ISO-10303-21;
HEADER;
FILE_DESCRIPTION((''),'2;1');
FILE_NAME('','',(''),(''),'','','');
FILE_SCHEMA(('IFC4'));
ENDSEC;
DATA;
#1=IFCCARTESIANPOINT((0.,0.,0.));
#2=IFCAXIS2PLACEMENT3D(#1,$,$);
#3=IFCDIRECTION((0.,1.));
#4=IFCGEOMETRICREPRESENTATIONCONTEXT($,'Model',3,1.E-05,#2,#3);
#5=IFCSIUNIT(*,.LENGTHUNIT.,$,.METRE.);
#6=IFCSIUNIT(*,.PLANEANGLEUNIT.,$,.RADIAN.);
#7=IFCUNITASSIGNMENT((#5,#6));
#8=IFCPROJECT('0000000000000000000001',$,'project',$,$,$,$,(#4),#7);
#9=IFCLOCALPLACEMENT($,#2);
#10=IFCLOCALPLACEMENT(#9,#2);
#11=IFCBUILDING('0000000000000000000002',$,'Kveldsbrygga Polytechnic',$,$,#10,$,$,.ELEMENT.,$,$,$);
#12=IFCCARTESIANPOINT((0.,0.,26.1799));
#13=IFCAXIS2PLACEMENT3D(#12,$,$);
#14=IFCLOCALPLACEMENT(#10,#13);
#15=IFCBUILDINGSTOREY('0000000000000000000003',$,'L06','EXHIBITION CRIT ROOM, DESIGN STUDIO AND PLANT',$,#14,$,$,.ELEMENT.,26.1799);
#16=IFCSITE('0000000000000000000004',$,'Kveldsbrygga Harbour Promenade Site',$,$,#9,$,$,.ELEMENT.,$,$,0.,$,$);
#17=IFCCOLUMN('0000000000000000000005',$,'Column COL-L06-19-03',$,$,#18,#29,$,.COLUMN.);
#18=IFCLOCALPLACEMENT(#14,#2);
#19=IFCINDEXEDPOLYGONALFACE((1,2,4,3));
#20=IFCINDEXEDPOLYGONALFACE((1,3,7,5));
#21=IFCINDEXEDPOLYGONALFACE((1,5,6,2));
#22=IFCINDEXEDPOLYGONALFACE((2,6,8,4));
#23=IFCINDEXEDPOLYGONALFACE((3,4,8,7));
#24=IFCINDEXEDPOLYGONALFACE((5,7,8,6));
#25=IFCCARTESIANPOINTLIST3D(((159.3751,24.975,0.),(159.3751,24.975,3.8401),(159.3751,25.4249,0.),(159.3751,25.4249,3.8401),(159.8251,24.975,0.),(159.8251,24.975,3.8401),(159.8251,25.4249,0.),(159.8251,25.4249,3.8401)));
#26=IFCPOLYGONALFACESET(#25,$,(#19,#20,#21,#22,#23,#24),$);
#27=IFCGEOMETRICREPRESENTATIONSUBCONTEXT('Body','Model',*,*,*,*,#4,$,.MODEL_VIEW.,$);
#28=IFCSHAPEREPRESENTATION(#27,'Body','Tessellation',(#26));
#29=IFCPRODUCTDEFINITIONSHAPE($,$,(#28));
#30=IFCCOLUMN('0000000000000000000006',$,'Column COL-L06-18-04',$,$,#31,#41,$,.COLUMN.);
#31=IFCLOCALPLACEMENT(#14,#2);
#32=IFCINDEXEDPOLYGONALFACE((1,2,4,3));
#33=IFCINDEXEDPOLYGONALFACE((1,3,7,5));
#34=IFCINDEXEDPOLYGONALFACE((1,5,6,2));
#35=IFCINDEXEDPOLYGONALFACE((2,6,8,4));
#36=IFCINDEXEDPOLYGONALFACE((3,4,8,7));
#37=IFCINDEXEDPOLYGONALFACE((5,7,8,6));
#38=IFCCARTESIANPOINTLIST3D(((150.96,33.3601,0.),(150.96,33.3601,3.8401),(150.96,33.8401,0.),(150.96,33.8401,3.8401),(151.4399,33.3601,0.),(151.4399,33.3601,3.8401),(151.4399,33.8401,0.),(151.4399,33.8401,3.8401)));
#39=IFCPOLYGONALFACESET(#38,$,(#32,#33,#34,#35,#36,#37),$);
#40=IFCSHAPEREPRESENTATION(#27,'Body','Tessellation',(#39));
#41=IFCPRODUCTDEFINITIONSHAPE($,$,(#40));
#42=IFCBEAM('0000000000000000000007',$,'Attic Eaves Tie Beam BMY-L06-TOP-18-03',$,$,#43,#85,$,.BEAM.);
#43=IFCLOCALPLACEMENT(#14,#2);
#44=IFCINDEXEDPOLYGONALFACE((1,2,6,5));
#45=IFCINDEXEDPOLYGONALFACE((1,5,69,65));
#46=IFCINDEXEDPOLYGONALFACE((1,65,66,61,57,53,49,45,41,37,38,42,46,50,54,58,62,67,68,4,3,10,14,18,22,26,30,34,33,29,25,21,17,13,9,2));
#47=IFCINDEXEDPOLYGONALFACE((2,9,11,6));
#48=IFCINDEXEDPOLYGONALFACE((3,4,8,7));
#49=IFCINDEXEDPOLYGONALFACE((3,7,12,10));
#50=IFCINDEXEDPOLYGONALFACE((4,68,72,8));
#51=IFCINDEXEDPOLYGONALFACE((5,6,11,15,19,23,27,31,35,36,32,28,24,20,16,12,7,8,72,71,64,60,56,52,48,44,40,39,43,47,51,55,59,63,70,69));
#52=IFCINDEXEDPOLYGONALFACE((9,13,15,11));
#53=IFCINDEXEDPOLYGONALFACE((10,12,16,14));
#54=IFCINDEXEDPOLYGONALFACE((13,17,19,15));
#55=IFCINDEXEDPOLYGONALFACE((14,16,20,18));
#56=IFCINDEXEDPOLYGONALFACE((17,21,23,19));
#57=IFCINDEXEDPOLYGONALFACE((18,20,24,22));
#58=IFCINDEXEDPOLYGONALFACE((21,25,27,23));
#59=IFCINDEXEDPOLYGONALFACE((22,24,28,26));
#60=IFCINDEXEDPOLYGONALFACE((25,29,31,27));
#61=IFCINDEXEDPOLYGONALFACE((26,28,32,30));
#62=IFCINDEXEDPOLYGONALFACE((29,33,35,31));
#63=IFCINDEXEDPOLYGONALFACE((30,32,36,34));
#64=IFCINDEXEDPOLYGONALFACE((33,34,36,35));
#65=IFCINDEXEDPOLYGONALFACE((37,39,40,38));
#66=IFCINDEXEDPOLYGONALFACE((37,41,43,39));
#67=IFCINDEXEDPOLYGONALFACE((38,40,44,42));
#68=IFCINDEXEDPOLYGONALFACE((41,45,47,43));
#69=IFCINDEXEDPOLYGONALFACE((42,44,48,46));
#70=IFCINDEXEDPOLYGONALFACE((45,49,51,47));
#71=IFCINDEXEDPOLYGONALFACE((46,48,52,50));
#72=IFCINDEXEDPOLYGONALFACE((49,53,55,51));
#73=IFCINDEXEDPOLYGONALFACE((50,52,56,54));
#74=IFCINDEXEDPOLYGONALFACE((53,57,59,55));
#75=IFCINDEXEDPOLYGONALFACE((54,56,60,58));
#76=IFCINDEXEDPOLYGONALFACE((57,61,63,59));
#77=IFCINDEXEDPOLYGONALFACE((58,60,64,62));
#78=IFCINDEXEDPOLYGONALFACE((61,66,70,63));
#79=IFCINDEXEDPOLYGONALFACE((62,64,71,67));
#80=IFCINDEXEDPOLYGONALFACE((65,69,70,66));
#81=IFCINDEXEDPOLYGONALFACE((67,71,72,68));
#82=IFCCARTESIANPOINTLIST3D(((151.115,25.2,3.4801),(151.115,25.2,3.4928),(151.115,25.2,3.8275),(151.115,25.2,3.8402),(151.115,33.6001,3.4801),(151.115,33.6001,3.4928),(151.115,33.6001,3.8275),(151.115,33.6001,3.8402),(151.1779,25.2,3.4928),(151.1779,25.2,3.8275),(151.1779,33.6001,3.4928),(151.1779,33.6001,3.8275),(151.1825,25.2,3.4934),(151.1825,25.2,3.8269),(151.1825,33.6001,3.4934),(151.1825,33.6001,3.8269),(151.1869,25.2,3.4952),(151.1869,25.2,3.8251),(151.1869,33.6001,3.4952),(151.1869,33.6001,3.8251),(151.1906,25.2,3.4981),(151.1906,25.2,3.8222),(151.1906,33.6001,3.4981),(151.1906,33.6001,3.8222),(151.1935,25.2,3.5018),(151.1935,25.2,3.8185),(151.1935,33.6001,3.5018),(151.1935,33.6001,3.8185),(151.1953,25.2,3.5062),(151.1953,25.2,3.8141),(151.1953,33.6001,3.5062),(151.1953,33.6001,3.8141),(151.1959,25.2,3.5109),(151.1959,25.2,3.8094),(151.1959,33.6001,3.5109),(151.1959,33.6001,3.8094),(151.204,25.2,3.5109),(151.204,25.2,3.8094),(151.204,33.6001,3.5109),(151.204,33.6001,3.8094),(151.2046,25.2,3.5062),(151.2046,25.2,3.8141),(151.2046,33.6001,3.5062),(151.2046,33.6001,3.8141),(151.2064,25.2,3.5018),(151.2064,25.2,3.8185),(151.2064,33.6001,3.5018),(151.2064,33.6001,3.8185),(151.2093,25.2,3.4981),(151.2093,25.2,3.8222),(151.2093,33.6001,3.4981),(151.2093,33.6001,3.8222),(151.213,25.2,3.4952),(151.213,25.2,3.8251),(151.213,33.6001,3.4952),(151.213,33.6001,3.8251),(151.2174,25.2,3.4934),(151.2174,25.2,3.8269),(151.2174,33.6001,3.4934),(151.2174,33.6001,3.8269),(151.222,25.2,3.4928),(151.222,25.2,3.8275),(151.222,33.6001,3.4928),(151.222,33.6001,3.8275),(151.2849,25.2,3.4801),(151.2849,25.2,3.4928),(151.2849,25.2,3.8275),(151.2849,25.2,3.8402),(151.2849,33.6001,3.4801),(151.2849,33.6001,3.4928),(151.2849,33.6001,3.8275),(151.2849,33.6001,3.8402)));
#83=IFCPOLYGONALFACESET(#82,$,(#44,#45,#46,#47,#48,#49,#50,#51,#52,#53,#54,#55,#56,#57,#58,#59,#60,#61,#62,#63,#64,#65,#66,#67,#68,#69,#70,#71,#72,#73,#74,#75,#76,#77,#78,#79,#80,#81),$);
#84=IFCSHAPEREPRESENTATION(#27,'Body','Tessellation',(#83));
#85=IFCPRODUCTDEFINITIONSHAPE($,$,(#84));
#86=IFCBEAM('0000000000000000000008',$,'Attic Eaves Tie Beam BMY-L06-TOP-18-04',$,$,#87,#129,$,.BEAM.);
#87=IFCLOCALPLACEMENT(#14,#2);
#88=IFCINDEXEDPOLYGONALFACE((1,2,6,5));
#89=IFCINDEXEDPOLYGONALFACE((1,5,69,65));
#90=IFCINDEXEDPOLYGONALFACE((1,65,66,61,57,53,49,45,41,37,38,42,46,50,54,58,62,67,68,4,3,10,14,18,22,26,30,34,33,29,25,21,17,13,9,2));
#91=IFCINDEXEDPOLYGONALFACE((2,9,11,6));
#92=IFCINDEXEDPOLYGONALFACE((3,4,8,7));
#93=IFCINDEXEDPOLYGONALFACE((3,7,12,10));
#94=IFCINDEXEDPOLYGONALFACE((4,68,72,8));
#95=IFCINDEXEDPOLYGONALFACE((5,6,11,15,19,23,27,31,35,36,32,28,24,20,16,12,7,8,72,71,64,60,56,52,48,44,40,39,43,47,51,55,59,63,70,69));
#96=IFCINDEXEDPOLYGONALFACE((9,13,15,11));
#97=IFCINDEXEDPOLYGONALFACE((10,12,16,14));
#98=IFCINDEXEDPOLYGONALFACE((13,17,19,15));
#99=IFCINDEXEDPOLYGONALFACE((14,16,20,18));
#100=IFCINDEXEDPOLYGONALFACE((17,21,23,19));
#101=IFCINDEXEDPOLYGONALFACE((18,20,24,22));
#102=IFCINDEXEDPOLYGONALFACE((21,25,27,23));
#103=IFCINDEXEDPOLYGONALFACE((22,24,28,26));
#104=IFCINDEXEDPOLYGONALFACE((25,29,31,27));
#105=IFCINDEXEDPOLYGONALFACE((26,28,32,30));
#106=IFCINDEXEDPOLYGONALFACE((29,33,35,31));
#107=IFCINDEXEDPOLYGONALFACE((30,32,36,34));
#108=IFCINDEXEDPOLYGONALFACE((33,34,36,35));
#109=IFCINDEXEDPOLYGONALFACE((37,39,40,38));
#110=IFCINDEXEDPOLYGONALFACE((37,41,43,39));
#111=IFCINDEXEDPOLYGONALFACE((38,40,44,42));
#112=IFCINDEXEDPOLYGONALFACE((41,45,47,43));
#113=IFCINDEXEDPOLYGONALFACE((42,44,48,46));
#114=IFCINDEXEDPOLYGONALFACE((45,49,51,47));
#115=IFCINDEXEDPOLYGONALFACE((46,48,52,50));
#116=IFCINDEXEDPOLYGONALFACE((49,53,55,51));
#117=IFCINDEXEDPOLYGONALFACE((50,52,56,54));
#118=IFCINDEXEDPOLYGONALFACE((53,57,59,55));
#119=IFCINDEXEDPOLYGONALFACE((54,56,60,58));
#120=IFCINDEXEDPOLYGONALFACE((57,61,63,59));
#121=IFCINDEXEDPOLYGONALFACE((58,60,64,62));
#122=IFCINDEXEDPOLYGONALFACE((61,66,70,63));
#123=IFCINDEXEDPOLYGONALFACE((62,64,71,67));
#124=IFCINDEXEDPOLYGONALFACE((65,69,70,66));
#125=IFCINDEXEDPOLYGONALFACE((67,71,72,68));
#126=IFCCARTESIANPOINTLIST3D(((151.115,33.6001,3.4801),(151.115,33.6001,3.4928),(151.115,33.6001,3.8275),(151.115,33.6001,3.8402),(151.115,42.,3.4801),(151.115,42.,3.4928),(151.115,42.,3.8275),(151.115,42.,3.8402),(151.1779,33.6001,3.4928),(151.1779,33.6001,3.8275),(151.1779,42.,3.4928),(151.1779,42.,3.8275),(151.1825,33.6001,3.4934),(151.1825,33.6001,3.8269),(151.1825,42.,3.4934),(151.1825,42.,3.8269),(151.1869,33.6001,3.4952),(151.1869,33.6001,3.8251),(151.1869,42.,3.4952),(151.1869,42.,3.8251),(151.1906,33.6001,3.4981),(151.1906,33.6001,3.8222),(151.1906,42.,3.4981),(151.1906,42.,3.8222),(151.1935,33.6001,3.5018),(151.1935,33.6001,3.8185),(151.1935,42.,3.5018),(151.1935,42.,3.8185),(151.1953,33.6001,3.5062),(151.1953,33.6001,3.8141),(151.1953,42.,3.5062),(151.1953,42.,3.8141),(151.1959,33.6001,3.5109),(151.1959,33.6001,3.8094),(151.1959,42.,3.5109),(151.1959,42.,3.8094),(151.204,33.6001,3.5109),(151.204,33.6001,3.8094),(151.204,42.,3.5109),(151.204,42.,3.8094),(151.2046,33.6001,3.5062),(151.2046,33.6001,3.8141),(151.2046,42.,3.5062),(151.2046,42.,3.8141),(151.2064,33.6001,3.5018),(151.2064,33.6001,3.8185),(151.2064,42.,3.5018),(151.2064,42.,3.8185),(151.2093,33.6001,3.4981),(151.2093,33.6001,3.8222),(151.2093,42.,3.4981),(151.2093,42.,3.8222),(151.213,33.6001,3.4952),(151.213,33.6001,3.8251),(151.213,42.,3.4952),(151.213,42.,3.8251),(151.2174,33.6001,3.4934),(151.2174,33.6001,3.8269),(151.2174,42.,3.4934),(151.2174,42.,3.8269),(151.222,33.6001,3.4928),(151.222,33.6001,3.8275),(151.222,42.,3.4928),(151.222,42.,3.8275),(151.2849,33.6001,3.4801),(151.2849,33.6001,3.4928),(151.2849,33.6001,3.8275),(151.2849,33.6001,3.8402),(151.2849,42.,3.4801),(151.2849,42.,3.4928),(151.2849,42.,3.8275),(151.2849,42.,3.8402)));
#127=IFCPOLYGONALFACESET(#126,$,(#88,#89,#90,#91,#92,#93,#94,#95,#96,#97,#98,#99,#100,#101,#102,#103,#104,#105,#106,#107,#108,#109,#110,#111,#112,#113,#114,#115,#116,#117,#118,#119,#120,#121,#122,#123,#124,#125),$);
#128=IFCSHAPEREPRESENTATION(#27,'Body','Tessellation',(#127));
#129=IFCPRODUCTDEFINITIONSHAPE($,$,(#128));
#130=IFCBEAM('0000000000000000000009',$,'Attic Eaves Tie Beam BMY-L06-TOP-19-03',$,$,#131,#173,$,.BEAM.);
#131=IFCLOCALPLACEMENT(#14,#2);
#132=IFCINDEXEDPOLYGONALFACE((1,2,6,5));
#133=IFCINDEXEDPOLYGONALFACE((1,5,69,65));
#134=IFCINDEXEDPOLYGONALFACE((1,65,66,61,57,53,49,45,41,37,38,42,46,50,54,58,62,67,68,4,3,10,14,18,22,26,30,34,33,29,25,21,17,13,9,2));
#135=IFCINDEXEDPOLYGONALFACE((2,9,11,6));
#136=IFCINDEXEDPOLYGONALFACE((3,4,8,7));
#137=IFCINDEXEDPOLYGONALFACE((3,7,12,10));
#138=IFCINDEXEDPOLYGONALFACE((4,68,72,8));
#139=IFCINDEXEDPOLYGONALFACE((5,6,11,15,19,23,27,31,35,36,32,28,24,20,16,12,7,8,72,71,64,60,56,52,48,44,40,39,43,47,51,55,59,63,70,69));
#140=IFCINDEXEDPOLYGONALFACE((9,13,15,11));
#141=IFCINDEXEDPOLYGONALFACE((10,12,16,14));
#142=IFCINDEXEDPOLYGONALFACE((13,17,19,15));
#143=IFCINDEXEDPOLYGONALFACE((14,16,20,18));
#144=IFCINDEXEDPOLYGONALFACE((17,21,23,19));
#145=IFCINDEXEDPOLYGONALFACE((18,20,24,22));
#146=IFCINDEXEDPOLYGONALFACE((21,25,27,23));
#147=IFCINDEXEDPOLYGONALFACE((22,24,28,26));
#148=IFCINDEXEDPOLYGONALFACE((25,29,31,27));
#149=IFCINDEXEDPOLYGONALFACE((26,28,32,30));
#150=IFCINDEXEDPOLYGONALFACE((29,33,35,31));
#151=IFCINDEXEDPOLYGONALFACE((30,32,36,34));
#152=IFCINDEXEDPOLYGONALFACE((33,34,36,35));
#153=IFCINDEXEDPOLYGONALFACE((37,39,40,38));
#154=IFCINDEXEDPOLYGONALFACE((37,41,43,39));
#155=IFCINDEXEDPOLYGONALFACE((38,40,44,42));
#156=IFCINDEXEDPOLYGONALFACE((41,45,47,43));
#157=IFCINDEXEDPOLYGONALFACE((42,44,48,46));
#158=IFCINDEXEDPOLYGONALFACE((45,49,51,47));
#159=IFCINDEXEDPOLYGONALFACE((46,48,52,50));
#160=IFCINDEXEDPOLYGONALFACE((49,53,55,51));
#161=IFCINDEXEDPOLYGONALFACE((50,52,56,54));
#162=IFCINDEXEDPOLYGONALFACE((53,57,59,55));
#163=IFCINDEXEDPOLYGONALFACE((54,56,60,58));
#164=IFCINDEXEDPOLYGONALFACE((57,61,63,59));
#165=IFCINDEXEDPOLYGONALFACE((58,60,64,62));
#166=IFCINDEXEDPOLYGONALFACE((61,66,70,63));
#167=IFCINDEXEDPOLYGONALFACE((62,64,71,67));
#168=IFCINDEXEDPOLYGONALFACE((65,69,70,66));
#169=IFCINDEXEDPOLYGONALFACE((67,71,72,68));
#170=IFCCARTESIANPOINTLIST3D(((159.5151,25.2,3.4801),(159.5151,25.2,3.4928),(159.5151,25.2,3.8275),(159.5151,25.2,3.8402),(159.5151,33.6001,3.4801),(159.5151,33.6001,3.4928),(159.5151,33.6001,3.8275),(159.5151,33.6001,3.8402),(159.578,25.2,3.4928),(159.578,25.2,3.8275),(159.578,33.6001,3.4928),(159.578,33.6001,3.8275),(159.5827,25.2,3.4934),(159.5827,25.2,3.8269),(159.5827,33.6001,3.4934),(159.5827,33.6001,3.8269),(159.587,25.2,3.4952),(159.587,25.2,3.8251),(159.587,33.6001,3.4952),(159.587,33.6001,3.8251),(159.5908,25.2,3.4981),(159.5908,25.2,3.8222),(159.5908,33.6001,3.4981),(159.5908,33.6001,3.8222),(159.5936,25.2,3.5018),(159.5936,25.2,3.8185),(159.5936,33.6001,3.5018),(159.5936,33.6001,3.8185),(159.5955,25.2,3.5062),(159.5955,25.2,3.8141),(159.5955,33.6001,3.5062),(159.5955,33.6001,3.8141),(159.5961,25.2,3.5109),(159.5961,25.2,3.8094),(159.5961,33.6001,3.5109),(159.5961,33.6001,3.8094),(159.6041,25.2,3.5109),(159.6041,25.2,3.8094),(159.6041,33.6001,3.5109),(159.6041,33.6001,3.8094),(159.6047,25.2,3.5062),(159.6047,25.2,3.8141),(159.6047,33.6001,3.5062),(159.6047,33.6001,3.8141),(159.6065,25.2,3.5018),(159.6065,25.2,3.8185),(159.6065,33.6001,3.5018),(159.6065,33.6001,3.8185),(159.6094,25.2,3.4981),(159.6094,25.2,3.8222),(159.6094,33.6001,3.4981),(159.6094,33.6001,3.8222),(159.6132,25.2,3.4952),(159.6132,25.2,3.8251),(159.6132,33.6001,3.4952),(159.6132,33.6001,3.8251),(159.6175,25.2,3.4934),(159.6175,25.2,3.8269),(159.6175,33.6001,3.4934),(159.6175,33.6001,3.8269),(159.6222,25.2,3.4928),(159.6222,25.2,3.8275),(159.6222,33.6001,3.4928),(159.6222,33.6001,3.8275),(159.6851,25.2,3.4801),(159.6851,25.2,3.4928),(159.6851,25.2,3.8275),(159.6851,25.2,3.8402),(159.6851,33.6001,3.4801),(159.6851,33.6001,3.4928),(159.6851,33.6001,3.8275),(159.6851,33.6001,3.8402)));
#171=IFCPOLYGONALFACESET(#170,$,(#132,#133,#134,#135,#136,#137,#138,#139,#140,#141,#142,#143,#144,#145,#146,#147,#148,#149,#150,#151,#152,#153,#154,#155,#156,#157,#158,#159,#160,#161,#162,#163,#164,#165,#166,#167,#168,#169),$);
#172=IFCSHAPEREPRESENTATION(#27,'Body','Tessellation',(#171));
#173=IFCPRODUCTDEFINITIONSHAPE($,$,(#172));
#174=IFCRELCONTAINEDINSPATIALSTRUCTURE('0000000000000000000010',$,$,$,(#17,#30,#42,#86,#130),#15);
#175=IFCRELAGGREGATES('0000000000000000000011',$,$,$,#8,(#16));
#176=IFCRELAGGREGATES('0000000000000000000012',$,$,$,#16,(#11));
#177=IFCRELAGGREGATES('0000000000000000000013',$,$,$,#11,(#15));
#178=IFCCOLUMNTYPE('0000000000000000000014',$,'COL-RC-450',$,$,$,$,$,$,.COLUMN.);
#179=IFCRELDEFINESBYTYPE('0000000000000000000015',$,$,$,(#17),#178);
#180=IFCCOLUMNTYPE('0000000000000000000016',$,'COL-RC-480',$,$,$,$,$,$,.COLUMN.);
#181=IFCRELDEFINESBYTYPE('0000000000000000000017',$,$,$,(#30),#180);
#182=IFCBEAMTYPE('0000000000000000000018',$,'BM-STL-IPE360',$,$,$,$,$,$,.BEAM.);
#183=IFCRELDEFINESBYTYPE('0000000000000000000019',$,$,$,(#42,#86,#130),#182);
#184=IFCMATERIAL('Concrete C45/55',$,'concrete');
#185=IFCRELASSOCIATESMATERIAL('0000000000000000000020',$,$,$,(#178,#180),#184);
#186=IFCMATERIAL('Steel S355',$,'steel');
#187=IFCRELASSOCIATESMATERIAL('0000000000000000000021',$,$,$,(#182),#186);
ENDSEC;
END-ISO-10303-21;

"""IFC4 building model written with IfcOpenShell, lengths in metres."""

from ifc_helpers import new_model, si_unit, direction, frame, origin, origin_2d, place, context, subcontext, project, spatial, rectangle, i_section, extrude, material, material_profile, profile_set, type_object, element, save


model = new_model("IFC4")

# Units and contexts
model_context = context("Model", 3, precision=1e-05, world=origin(), true_north=direction((0.0, 1.0)))
body_context = subcontext(model_context, "Body", "Model", "MODEL_VIEW")
ifc_project = project(units=[si_unit("LENGTHUNIT", "METRE"), si_unit("PLANEANGLEUNIT", "RADIAN")], contexts=[model_context])

# Site, building, storey
site_placement = place(None, origin())
site = spatial("IfcSite", under=ifc_project, at=site_placement, Name="Kveldsbrygga Harbour Promenade Site", CompositionType="ELEMENT", RefElevation=0.0)
building_placement = place(site_placement, origin())
building = spatial("IfcBuilding", under=site, at=building_placement, Name="Kveldsbrygga Polytechnic", CompositionType="ELEMENT")
storey_placement = place(building_placement, frame((0.0, 0.0, 26.1799)))
storey = spatial("IfcBuildingStorey", under=building, at=storey_placement, Name="L06", Description="EXHIBITION CRIT ROOM, DESIGN STUDIO AND PLANT", CompositionType="ELEMENT", Elevation=26.1799)

# Columns
ifc_material_1 = material(Name="Concrete C45/55", Category="concrete")
ifc_material_profile_1 = material_profile(ifc_material_1, rectangle(XDim=0.45, YDim=0.45, at=origin_2d()), Name="RC 450x450")
ifc_profile_set_1 = profile_set([ifc_material_profile_1], Name="Concrete C45/55")
column_type_1 = type_object("IfcColumnType", Name="COL-RC-450", PredefinedType="COLUMN", material=ifc_profile_set_1)
column_1_placement = place(storey_placement, frame((159.6001, 25.2, 0.0), z_axis=(0.0, 0.0, 1.0), x_axis=(1.0, 0.0, 0.0)))
element("IfcColumn", 1, at=column_1_placement, inside=storey, type_object=column_type_1, Name="Column COL-L06-19-03", PredefinedType="COLUMN", context=body_context, shape_type="SweptSolid", body=[
    extrude(rectangle(XDim=0.45, YDim=0.45, at=origin_2d()), origin(), (0.0, 0.0, 1.0), 3.8401),
])
ifc_material_profile_2 = material_profile(ifc_material_1, rectangle(XDim=0.48, YDim=0.48, at=origin_2d()), Name="RC 480x480")
ifc_profile_set_2 = profile_set([ifc_material_profile_2], Name="Concrete C45/55")
column_type_2 = type_object("IfcColumnType", Name="COL-RC-480", PredefinedType="COLUMN", material=ifc_profile_set_2)
column_2_placement = place(storey_placement, frame((151.2, 33.6001, 0.0), z_axis=(0.0, 0.0, 1.0), x_axis=(1.0, 0.0, 0.0)))
element("IfcColumn", 2, at=column_2_placement, inside=storey, type_object=column_type_2, Name="Column COL-L06-18-04", PredefinedType="COLUMN", context=body_context, shape_type="SweptSolid", body=[
    extrude(rectangle(XDim=0.48, YDim=0.48, at=origin_2d()), origin(), (0.0, 0.0, 1.0), 3.8401),
])

# Beams
ifc_material_2 = material(Name="Steel S355", Category="steel")
ifc_material_profile_3 = material_profile(ifc_material_2, i_section(OverallWidth=0.1699, OverallDepth=0.3601, WebThickness=0.0081, FlangeThickness=0.0127, FilletRadius=0.0181, at=origin_2d()), Name="IPE 360")
ifc_profile_set_3 = profile_set([ifc_material_profile_3], Name="Steel S355")
beam_type = type_object("IfcBeamType", Name="BM-STL-IPE360", PredefinedType="BEAM", material=ifc_profile_set_3)
beam_1_placement = place(storey_placement, frame((151.2, 25.2, 3.6602), z_axis=(0.0, 1.0, 0.0), x_axis=(-1.0, 0.0, 0.0)))
element("IfcBeam", 3, at=beam_1_placement, inside=storey, type_object=beam_type, Name="Attic Eaves Tie Beam BMY-L06-TOP-18-03", PredefinedType="BEAM", context=body_context, shape_type="SweptSolid", body=[
    extrude(i_section(OverallWidth=0.1699, OverallDepth=0.3601, WebThickness=0.0081, FlangeThickness=0.0127, FilletRadius=0.0181, at=origin_2d()), origin(), (0.0, 0.0, 1.0), 8.4001),
])
beam_2_placement = place(storey_placement, frame((151.2, 33.6001, 3.6602), z_axis=(0.0, 1.0, 0.0), x_axis=(-1.0, 0.0, 0.0)))
element("IfcBeam", 4, at=beam_2_placement, inside=storey, type_object=beam_type, Name="Attic Eaves Tie Beam BMY-L06-TOP-18-04", PredefinedType="BEAM", context=body_context, shape_type="SweptSolid", body=[
    extrude(i_section(OverallWidth=0.1699, OverallDepth=0.3601, WebThickness=0.0081, FlangeThickness=0.0127, FilletRadius=0.0181, at=origin_2d()), origin(), (0.0, 0.0, 1.0), 8.3999),
])
beam_3_placement = place(storey_placement, frame((159.6001, 25.2, 3.6602), z_axis=(0.0, 1.0, 0.0), x_axis=(-1.0, 0.0, 0.0)))
element("IfcBeam", 5, at=beam_3_placement, inside=storey, type_object=beam_type, Name="Attic Eaves Tie Beam BMY-L06-TOP-19-03", PredefinedType="BEAM", context=body_context, shape_type="SweptSolid", body=[
    extrude(i_section(OverallWidth=0.1699, OverallDepth=0.3601, WebThickness=0.0081, FlangeThickness=0.0127, FilletRadius=0.0181, at=origin_2d()), origin(), (0.0, 0.0, 1.0), 8.4001),
])

save(model, "model.ifc")
